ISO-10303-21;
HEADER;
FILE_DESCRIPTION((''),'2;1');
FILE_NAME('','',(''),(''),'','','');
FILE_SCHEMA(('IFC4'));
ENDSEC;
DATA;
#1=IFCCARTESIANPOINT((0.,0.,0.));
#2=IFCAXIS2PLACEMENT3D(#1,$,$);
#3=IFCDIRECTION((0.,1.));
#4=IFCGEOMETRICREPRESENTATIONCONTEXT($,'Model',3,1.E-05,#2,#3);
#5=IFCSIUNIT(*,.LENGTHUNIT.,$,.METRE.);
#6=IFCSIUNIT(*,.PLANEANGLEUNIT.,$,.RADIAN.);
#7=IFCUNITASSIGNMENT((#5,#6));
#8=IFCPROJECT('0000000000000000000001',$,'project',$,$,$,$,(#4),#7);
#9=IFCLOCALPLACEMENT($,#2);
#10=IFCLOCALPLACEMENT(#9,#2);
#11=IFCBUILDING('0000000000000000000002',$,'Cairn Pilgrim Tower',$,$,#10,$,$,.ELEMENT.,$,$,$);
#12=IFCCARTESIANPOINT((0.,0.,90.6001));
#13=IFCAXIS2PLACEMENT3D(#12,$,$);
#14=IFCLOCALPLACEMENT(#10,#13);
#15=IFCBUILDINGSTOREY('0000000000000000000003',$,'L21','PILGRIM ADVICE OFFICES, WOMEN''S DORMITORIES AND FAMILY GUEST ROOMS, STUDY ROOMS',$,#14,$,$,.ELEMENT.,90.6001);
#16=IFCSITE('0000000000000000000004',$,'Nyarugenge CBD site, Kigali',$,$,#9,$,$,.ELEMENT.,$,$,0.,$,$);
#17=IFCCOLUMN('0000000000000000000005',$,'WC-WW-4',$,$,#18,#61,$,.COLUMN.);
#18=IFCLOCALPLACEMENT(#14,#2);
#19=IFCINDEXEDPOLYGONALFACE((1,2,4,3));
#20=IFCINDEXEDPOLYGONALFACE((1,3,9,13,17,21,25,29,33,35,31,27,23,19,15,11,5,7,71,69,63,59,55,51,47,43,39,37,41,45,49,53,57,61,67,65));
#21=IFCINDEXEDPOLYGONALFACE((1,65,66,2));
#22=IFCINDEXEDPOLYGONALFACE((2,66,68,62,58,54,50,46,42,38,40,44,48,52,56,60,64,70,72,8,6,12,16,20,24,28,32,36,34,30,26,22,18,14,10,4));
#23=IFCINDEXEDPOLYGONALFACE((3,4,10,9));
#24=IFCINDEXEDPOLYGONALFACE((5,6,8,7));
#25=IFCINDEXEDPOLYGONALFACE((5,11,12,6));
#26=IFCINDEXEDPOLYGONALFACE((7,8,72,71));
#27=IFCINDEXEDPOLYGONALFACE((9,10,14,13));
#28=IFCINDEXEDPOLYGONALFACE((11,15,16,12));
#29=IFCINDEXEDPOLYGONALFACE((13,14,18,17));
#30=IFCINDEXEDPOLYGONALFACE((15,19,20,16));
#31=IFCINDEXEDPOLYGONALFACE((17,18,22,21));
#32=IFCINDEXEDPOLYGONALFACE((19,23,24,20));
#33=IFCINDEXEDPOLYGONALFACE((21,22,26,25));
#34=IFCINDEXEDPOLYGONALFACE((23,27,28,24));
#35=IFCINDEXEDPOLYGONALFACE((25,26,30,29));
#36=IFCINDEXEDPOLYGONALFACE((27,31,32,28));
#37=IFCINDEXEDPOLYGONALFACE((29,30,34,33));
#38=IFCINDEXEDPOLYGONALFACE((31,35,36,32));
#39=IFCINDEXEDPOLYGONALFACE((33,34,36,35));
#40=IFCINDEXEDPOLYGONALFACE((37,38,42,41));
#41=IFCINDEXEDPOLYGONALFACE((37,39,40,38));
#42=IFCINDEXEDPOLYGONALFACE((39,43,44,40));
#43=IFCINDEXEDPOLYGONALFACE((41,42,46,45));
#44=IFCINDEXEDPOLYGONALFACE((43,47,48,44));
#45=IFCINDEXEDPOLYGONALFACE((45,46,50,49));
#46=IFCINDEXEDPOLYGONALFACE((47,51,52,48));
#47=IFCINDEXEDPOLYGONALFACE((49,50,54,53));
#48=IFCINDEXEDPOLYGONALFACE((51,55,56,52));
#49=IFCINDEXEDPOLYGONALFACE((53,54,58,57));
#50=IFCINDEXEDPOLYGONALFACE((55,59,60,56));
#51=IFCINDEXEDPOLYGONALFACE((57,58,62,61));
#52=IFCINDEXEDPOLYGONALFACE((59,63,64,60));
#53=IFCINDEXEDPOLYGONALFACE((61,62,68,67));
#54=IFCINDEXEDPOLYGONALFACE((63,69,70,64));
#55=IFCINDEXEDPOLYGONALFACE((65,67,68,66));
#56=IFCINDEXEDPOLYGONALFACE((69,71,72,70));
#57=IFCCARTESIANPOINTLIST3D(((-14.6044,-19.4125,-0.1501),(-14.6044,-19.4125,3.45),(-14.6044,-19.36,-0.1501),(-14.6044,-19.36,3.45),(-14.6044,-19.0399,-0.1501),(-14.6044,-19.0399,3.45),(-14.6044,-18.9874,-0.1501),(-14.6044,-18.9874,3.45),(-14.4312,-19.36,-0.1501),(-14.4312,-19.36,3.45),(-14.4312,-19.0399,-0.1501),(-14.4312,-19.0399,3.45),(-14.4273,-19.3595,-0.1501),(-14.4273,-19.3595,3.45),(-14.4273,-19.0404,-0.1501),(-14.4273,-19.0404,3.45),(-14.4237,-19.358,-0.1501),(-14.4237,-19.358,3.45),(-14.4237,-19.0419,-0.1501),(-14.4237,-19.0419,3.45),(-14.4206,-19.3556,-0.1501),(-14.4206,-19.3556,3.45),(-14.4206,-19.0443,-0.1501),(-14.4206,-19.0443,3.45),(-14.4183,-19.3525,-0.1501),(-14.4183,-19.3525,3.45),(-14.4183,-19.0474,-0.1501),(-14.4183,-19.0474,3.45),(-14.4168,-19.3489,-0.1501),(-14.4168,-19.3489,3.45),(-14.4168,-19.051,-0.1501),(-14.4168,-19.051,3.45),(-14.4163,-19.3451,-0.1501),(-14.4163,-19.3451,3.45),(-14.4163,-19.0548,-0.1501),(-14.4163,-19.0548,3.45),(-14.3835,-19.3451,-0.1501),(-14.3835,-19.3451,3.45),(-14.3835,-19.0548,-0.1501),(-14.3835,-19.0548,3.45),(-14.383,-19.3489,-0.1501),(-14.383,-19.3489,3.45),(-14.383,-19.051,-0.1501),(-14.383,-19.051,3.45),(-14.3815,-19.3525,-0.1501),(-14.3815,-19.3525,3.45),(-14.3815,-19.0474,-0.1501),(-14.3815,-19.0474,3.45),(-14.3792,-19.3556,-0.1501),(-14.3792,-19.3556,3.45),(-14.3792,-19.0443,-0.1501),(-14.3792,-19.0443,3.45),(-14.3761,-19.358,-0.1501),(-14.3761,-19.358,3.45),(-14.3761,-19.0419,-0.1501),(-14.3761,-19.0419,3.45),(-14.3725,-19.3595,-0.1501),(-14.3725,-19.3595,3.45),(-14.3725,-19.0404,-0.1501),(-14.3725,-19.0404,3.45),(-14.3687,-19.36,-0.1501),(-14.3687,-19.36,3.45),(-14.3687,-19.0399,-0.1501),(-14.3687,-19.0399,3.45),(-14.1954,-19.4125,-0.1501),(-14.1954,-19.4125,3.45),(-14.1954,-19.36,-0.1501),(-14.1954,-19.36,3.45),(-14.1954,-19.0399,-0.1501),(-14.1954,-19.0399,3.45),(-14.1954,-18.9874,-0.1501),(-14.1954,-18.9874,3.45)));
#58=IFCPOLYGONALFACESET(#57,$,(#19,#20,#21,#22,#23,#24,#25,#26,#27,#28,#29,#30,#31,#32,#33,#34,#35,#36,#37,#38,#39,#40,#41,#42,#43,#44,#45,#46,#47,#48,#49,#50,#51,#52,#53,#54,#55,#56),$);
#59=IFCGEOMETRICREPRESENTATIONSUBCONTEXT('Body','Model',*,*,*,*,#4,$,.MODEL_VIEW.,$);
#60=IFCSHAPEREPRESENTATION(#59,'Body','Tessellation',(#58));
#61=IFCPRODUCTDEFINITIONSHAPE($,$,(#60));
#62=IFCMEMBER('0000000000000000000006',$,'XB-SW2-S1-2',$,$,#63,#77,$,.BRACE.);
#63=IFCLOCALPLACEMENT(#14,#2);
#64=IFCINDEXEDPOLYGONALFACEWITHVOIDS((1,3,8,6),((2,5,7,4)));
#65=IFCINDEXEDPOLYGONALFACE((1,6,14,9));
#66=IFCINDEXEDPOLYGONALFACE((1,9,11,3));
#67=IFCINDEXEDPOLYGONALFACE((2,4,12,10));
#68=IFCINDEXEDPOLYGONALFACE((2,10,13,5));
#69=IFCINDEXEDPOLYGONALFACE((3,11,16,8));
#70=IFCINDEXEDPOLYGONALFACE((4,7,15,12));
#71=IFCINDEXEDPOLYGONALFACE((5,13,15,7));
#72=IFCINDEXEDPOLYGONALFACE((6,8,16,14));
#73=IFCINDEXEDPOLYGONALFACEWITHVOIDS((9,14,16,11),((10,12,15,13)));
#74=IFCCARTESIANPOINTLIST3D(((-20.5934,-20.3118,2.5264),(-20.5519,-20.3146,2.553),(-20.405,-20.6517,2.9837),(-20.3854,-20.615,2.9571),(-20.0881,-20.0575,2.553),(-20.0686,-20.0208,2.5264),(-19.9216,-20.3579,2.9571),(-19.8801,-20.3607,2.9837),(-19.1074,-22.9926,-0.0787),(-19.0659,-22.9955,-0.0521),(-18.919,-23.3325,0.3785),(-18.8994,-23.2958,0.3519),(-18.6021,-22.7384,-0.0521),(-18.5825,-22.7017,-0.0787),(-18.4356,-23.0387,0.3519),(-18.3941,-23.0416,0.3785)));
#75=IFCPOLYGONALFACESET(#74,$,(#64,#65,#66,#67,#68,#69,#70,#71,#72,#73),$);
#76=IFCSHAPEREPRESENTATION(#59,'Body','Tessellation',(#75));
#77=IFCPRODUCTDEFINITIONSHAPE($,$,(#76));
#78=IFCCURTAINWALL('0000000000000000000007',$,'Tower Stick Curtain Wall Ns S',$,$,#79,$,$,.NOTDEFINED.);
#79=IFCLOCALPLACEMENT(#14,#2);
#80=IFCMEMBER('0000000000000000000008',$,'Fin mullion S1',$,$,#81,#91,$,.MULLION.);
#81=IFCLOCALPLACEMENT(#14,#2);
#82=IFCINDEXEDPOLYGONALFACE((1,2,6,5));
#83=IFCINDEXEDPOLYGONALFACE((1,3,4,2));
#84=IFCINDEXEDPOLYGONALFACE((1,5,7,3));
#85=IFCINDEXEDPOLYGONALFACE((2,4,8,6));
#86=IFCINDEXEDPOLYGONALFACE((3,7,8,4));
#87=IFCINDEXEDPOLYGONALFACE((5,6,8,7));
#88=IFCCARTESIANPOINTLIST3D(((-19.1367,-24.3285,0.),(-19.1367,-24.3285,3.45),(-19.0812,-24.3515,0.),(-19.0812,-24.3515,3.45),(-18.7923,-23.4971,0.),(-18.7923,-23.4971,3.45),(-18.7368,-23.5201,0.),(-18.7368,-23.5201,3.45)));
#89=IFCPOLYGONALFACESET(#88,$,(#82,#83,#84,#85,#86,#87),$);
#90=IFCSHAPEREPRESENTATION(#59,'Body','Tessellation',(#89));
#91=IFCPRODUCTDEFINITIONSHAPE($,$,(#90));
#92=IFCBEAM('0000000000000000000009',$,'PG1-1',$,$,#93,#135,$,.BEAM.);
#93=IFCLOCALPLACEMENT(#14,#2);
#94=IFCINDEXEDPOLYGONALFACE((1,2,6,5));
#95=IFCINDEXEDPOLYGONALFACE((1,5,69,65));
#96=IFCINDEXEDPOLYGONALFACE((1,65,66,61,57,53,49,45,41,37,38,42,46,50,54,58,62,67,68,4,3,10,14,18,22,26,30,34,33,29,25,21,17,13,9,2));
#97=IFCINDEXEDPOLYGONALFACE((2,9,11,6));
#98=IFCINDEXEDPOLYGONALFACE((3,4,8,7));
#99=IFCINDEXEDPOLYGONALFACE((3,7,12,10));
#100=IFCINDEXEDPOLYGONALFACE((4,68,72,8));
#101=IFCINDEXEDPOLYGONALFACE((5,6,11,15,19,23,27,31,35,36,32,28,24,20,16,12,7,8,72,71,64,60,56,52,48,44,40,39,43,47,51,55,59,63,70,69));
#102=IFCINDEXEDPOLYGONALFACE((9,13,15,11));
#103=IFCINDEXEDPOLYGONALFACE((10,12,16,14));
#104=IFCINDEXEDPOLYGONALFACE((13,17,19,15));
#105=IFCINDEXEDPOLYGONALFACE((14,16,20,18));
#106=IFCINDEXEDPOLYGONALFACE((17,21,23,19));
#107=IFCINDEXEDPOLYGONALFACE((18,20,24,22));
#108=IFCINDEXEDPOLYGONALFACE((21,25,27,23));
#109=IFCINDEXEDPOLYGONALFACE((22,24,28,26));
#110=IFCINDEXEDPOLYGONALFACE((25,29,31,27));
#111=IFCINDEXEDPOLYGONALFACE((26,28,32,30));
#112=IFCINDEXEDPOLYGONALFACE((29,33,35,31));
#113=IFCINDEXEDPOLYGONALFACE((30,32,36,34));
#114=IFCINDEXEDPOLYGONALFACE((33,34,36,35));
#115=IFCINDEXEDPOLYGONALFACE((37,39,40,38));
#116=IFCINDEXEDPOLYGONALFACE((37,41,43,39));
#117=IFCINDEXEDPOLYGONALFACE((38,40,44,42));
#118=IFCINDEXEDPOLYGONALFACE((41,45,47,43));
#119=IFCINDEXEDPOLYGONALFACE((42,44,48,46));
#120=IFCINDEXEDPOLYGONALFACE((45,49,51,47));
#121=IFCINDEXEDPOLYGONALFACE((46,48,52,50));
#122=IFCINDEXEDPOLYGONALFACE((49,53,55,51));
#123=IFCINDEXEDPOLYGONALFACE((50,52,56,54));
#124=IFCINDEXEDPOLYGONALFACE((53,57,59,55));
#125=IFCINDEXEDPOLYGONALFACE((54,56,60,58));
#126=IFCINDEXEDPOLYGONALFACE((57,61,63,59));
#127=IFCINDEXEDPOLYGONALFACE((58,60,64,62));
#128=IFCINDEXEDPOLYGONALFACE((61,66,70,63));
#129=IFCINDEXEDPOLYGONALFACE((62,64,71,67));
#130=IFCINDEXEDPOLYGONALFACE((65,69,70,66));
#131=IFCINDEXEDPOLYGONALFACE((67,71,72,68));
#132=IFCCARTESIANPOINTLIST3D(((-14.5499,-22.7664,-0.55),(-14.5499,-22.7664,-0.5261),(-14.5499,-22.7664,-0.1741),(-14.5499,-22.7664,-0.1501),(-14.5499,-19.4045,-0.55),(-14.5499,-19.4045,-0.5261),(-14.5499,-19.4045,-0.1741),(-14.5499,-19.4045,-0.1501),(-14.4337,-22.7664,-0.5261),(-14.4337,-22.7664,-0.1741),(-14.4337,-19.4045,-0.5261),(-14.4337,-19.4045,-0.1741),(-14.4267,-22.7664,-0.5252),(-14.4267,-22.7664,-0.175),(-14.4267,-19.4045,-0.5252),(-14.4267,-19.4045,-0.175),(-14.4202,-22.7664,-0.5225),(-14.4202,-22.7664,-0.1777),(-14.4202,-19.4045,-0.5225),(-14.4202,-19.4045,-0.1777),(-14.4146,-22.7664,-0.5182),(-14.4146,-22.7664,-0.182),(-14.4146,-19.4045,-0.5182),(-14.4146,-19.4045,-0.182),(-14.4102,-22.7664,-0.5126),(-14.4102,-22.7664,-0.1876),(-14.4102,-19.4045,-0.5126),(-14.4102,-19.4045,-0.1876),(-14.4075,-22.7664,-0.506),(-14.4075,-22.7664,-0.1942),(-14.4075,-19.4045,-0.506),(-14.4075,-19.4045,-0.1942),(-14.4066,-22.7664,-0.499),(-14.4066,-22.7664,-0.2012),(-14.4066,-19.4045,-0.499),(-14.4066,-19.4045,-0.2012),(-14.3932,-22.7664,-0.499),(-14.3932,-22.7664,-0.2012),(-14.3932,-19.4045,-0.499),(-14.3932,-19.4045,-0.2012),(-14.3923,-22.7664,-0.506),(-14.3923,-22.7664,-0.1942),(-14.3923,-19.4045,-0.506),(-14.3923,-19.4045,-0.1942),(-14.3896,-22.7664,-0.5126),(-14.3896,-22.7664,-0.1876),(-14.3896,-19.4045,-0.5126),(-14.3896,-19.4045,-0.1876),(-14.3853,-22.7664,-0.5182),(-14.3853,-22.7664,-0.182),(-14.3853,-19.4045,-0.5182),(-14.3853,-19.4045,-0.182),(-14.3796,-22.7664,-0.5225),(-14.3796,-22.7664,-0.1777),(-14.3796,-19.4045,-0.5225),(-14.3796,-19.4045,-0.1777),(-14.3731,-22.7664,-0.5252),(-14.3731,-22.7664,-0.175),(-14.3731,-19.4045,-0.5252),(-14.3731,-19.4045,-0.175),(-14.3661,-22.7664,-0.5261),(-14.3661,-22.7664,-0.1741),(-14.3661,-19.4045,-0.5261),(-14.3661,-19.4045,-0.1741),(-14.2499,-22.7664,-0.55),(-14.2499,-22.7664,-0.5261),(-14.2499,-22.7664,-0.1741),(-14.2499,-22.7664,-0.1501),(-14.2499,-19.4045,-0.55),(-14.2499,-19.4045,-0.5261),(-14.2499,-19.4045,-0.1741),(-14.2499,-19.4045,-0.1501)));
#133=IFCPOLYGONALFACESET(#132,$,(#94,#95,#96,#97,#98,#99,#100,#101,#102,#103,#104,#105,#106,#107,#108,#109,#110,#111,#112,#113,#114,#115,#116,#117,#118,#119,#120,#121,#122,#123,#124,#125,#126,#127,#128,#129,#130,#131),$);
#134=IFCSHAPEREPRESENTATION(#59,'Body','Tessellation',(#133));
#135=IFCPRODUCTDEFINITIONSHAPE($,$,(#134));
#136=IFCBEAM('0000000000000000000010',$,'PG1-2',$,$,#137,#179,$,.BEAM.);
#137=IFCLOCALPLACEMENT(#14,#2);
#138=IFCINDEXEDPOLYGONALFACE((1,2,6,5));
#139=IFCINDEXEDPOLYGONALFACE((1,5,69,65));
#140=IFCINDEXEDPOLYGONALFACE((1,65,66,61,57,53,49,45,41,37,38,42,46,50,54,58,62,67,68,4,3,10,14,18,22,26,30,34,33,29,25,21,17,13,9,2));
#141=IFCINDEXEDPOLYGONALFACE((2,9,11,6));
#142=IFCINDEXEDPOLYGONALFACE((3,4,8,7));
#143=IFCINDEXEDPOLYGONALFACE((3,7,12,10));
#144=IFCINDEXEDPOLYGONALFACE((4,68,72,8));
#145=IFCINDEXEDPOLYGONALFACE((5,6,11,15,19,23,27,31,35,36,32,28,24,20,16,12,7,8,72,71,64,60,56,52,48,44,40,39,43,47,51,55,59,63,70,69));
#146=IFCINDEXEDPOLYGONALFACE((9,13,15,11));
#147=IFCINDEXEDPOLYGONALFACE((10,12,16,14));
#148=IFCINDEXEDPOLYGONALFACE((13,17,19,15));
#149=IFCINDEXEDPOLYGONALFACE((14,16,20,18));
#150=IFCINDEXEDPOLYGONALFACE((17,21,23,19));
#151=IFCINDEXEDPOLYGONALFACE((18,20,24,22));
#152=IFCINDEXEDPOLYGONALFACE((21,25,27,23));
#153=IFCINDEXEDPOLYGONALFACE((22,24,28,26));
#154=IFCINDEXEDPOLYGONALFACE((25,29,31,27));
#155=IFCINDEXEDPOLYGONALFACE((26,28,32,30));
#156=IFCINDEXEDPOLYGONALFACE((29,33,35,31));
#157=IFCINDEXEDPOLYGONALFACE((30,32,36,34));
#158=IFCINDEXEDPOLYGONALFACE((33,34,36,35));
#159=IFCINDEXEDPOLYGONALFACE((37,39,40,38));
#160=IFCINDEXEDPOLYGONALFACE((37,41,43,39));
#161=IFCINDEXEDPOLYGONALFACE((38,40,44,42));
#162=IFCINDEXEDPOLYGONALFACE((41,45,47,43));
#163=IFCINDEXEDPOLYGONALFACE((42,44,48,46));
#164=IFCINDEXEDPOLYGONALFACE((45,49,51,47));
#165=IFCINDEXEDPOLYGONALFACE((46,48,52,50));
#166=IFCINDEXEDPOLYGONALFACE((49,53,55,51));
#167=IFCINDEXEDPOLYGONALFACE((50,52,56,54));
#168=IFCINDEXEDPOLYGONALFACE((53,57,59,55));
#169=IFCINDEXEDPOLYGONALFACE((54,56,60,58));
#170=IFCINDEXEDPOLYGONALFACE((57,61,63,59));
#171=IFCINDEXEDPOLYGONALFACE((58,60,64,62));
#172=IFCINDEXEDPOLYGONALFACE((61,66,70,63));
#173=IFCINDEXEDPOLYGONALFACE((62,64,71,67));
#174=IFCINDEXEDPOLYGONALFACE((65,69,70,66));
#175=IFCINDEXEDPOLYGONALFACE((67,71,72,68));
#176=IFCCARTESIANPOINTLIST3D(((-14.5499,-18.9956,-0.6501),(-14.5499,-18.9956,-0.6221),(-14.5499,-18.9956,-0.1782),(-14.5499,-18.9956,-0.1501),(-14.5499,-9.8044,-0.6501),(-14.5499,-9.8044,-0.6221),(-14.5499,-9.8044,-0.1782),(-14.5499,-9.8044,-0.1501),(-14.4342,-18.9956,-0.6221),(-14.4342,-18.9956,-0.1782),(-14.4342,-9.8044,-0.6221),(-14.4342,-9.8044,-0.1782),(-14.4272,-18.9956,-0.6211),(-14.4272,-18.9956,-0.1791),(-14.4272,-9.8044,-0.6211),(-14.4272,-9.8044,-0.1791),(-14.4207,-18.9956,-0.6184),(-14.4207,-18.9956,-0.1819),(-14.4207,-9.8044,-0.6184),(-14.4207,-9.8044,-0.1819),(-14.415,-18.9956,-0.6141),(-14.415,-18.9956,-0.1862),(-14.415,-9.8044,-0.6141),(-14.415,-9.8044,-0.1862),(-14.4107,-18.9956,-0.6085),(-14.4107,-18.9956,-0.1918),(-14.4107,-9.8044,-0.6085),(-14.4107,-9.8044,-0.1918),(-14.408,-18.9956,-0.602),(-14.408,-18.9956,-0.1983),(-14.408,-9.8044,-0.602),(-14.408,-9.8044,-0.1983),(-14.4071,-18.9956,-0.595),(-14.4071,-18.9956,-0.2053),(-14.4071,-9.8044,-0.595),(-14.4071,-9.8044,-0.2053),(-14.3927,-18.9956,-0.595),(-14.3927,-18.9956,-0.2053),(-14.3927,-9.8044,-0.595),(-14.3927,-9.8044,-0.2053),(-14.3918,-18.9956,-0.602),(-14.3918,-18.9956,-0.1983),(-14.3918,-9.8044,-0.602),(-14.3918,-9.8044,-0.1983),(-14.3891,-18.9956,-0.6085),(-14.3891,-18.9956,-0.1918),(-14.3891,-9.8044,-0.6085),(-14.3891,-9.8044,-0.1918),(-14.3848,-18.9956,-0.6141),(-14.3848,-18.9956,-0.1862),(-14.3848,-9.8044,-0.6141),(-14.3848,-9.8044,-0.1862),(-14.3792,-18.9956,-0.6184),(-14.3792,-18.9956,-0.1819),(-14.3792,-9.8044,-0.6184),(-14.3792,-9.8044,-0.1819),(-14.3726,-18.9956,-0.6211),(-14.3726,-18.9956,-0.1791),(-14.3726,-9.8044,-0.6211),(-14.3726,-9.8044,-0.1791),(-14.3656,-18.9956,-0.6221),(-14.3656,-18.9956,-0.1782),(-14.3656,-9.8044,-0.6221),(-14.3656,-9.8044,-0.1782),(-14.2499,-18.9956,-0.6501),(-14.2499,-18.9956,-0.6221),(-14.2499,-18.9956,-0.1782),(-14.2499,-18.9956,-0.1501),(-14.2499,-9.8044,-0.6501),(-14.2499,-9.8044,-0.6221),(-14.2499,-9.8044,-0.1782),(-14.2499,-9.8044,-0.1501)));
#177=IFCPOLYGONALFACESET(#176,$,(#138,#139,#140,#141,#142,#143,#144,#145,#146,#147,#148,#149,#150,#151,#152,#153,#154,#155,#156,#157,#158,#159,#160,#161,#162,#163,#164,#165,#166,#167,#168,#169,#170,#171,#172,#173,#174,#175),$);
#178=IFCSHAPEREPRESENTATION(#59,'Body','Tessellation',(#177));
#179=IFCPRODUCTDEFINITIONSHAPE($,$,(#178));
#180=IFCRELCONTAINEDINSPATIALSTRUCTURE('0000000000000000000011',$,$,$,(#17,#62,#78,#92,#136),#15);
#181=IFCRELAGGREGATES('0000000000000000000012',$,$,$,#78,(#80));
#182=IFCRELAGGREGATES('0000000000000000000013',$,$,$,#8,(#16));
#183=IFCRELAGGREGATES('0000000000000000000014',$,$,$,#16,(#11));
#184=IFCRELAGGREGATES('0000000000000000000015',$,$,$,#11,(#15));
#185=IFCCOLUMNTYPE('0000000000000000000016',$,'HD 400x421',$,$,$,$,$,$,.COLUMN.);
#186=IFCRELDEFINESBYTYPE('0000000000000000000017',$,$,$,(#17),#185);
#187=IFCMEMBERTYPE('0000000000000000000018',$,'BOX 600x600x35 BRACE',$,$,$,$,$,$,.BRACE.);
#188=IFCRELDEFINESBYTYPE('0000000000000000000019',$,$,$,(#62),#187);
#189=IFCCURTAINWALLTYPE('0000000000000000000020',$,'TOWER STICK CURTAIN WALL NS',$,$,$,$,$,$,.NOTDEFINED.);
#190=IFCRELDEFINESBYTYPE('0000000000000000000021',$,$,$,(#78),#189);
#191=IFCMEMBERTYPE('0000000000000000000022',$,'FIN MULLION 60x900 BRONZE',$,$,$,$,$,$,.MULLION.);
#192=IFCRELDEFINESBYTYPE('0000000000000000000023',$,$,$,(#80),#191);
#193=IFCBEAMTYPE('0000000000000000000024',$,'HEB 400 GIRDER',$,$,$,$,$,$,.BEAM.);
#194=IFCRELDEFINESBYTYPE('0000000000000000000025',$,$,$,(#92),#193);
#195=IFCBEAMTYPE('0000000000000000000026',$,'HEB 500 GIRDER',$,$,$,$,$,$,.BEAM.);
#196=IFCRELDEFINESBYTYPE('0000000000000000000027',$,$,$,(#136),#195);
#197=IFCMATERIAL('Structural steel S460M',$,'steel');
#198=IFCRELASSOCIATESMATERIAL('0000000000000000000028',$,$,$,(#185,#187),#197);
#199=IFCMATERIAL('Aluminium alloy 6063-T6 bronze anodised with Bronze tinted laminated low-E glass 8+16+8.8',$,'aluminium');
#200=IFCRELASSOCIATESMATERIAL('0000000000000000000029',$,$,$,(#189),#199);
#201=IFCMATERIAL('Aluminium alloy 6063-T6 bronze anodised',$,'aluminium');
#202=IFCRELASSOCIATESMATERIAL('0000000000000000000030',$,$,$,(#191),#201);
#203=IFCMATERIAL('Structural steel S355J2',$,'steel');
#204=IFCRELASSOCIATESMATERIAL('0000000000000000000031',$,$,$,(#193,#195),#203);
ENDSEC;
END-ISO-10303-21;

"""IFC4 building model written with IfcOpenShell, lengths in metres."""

from ifc_helpers import new_model, si_unit, direction, frame, origin, origin_2d, place, context, subcontext, project, spatial, rectangle, hollow_rectangle, i_section, extrude, material, material_profile, profile_set, type_object, element, aggregate, save


model = new_model("IFC4")

# Units and contexts
model_context = context("Model", 3, precision=1e-05, world=origin(), true_north=direction((0.0, 1.0)))
body_context = subcontext(model_context, "Body", "Model", "MODEL_VIEW")
ifc_project = project(units=[si_unit("LENGTHUNIT", "METRE"), si_unit("PLANEANGLEUNIT", "RADIAN")], contexts=[model_context])

# Site, building, storey
site_placement = place(None, origin())
site = spatial("IfcSite", under=ifc_project, at=site_placement, Name="Nyarugenge CBD site, Kigali", CompositionType="ELEMENT", RefElevation=0.0)
building_placement = place(site_placement, origin())
building = spatial("IfcBuilding", under=site, at=building_placement, Name="Cairn Pilgrim Tower", CompositionType="ELEMENT")
storey_placement = place(building_placement, frame((0.0, 0.0, 90.6001)))
storey = spatial("IfcBuildingStorey", under=building, at=storey_placement, Name="L21", Description="PILGRIM ADVICE OFFICES, WOMEN'S DORMITORIES AND FAMILY GUEST ROOMS, STUDY ROOMS", CompositionType="ELEMENT", Elevation=90.6001)

# Column
ifc_material_1 = material(Name="Structural steel S460M", Category="steel")
ifc_material_profile_1 = material_profile(ifc_material_1, i_section(OverallWidth=0.4089, OverallDepth=0.425, WebThickness=0.0327, FlangeThickness=0.0525, FilletRadius=0.0149, at=origin_2d()), Name="HD 400x421")
ifc_profile_set_1 = profile_set([ifc_material_profile_1], Name="Structural steel S460M")
column_type_1 = type_object("IfcColumnType", Name="HD 400x421", PredefinedType="COLUMN", material=ifc_profile_set_1)
column_1_placement = place(storey_placement, frame((-14.3999, -19.2, -0.1501), z_axis=(0.0, 0.0, 1.0), x_axis=(1.0, 0.0, 0.0)))
element("IfcColumn", 1, at=column_1_placement, inside=storey, type_object=column_type_1, Name="WC-WW-4", PredefinedType="COLUMN", context=body_context, shape_type="SweptSolid", body=[
    extrude(i_section(OverallWidth=0.4089, OverallDepth=0.425, WebThickness=0.0327, FlangeThickness=0.0525, FilletRadius=0.0149, at=origin_2d()), origin(), (0.0, 0.0, 1.0), 3.6001),
])

# Member
ifc_material_profile_2 = material_profile(ifc_material_1, hollow_rectangle(XDim=0.6001, YDim=0.6001, WallThickness=0.0349, at=origin_2d()), Name="BOX 600x600x35")
ifc_profile_set_2 = profile_set([ifc_material_profile_2], Name="Structural steel S460M")
member_type_1 = type_object("IfcMemberType", Name="BOX 600x600x35 BRACE", PredefinedType="BRACE", material=ifc_profile_set_2)
member_1_placement = place(storey_placement, frame((-18.7507, -23.0171, 0.1499), z_axis=(-0.369415, 0.666429, 0.647615), x_axis=(-0.874615, -0.484818, 0.0)))
element("IfcMember", 2, at=member_1_placement, inside=storey, type_object=member_type_1, Name="XB-SW2-S1-2", PredefinedType="BRACE", context=body_context, shape_type="SweptSolid", body=[
    extrude(hollow_rectangle(XDim=0.6001, YDim=0.6001, WallThickness=0.0349, at=origin_2d()), origin(), (0.0, 0.0, 1.0), 4.0227),
])

# Curtain wall, member
ifc_material_2 = material(Name="Aluminium alloy 6063-T6 bronze anodised with Bronze tinted laminated low-E glass 8+16+8.8", Category="aluminium")
curtain_wall_type_1 = type_object("IfcCurtainWallType", Name="TOWER STICK CURTAIN WALL NS", PredefinedType="NOTDEFINED", material=ifc_material_2)
curtain_wall_1_placement = place(storey_placement, origin())
curtain_wall_1 = element("IfcCurtainWall", 3, at=curtain_wall_1_placement, inside=storey, type_object=curtain_wall_type_1, Name="Tower Stick Curtain Wall Ns S", PredefinedType="NOTDEFINED")
ifc_material_3 = material(Name="Aluminium alloy 6063-T6 bronze anodised", Category="aluminium")
ifc_material_profile_3 = material_profile(ifc_material_3, rectangle(XDim=0.8999, YDim=0.0601, at=origin_2d()), Name="FIN MULLION 60x900 BRONZE")
ifc_profile_set_3 = profile_set([ifc_material_profile_3], Name="Aluminium alloy 6063-T6 bronze anodised")
member_type_2 = type_object("IfcMemberType", Name="FIN MULLION 60x900 BRONZE", PredefinedType="MULLION", material=ifc_profile_set_3)
member_2_placement = place(storey_placement, frame((-18.9368, -23.9243, 0.0), z_axis=(0.0, 0.0, 1.0), x_axis=(-0.382683, -0.92388, 0.0)))
member_2 = element("IfcMember", 4, at=member_2_placement, type_object=member_type_2, Name="Fin mullion S1", PredefinedType="MULLION", context=body_context, shape_type="SweptSolid", body=[
    extrude(rectangle(XDim=0.8999, YDim=0.0601, at=origin_2d()), origin(), (0.0, 0.0, 1.0), 3.45),
])

# Beams
ifc_material_4 = material(Name="Structural steel S355J2", Category="steel")
ifc_material_profile_4 = material_profile(ifc_material_4, i_section(OverallWidth=0.3, OverallDepth=0.3999, WebThickness=0.0134, FlangeThickness=0.0239, FilletRadius=0.0271, at=origin_2d()), Name="HEB 400")
ifc_profile_set_4 = profile_set([ifc_material_profile_4], Name="Structural steel S355J2")
beam_type_1 = type_object("IfcBeamType", Name="HEB 400 GIRDER", PredefinedType="BEAM", material=ifc_profile_set_4)
beam_1_placement = place(storey_placement, frame((-14.3999, -22.7664, -0.3501), z_axis=(0.0, 1.0, 0.0), x_axis=(-1.0, 0.0, 0.0)))
element("IfcBeam", 5, at=beam_1_placement, inside=storey, type_object=beam_type_1, Name="PG1-1", PredefinedType="BEAM", context=body_context, shape_type="SweptSolid", body=[
    extrude(i_section(OverallWidth=0.3, OverallDepth=0.3999, WebThickness=0.0134, FlangeThickness=0.0239, FilletRadius=0.0271, at=origin_2d()), origin(), (0.0, 0.0, 1.0), 3.3618),
])
ifc_material_profile_5 = material_profile(ifc_material_4, i_section(OverallWidth=0.3, OverallDepth=0.5, WebThickness=0.0144, FlangeThickness=0.0281, FilletRadius=0.0271, at=origin_2d()), Name="HEB 500")
ifc_profile_set_5 = profile_set([ifc_material_profile_5], Name="Structural steel S355J2")
beam_type_2 = type_object("IfcBeamType", Name="HEB 500 GIRDER", PredefinedType="BEAM", material=ifc_profile_set_5)
beam_2_placement = place(storey_placement, frame((-14.3999, -18.9956, -0.4001), z_axis=(0.0, 1.0, 0.0), x_axis=(-1.0, 0.0, 0.0)))
element("IfcBeam", 6, at=beam_2_placement, inside=storey, type_object=beam_type_2, Name="PG1-2", PredefinedType="BEAM", context=body_context, shape_type="SweptSolid", body=[
    extrude(i_section(OverallWidth=0.3, OverallDepth=0.5, WebThickness=0.0144, FlangeThickness=0.0281, FilletRadius=0.0271, at=origin_2d()), origin(), (0.0, 0.0, 1.0), 9.1912),
])

aggregate(curtain_wall_1, [member_2])

save(model, "model.ifc")
